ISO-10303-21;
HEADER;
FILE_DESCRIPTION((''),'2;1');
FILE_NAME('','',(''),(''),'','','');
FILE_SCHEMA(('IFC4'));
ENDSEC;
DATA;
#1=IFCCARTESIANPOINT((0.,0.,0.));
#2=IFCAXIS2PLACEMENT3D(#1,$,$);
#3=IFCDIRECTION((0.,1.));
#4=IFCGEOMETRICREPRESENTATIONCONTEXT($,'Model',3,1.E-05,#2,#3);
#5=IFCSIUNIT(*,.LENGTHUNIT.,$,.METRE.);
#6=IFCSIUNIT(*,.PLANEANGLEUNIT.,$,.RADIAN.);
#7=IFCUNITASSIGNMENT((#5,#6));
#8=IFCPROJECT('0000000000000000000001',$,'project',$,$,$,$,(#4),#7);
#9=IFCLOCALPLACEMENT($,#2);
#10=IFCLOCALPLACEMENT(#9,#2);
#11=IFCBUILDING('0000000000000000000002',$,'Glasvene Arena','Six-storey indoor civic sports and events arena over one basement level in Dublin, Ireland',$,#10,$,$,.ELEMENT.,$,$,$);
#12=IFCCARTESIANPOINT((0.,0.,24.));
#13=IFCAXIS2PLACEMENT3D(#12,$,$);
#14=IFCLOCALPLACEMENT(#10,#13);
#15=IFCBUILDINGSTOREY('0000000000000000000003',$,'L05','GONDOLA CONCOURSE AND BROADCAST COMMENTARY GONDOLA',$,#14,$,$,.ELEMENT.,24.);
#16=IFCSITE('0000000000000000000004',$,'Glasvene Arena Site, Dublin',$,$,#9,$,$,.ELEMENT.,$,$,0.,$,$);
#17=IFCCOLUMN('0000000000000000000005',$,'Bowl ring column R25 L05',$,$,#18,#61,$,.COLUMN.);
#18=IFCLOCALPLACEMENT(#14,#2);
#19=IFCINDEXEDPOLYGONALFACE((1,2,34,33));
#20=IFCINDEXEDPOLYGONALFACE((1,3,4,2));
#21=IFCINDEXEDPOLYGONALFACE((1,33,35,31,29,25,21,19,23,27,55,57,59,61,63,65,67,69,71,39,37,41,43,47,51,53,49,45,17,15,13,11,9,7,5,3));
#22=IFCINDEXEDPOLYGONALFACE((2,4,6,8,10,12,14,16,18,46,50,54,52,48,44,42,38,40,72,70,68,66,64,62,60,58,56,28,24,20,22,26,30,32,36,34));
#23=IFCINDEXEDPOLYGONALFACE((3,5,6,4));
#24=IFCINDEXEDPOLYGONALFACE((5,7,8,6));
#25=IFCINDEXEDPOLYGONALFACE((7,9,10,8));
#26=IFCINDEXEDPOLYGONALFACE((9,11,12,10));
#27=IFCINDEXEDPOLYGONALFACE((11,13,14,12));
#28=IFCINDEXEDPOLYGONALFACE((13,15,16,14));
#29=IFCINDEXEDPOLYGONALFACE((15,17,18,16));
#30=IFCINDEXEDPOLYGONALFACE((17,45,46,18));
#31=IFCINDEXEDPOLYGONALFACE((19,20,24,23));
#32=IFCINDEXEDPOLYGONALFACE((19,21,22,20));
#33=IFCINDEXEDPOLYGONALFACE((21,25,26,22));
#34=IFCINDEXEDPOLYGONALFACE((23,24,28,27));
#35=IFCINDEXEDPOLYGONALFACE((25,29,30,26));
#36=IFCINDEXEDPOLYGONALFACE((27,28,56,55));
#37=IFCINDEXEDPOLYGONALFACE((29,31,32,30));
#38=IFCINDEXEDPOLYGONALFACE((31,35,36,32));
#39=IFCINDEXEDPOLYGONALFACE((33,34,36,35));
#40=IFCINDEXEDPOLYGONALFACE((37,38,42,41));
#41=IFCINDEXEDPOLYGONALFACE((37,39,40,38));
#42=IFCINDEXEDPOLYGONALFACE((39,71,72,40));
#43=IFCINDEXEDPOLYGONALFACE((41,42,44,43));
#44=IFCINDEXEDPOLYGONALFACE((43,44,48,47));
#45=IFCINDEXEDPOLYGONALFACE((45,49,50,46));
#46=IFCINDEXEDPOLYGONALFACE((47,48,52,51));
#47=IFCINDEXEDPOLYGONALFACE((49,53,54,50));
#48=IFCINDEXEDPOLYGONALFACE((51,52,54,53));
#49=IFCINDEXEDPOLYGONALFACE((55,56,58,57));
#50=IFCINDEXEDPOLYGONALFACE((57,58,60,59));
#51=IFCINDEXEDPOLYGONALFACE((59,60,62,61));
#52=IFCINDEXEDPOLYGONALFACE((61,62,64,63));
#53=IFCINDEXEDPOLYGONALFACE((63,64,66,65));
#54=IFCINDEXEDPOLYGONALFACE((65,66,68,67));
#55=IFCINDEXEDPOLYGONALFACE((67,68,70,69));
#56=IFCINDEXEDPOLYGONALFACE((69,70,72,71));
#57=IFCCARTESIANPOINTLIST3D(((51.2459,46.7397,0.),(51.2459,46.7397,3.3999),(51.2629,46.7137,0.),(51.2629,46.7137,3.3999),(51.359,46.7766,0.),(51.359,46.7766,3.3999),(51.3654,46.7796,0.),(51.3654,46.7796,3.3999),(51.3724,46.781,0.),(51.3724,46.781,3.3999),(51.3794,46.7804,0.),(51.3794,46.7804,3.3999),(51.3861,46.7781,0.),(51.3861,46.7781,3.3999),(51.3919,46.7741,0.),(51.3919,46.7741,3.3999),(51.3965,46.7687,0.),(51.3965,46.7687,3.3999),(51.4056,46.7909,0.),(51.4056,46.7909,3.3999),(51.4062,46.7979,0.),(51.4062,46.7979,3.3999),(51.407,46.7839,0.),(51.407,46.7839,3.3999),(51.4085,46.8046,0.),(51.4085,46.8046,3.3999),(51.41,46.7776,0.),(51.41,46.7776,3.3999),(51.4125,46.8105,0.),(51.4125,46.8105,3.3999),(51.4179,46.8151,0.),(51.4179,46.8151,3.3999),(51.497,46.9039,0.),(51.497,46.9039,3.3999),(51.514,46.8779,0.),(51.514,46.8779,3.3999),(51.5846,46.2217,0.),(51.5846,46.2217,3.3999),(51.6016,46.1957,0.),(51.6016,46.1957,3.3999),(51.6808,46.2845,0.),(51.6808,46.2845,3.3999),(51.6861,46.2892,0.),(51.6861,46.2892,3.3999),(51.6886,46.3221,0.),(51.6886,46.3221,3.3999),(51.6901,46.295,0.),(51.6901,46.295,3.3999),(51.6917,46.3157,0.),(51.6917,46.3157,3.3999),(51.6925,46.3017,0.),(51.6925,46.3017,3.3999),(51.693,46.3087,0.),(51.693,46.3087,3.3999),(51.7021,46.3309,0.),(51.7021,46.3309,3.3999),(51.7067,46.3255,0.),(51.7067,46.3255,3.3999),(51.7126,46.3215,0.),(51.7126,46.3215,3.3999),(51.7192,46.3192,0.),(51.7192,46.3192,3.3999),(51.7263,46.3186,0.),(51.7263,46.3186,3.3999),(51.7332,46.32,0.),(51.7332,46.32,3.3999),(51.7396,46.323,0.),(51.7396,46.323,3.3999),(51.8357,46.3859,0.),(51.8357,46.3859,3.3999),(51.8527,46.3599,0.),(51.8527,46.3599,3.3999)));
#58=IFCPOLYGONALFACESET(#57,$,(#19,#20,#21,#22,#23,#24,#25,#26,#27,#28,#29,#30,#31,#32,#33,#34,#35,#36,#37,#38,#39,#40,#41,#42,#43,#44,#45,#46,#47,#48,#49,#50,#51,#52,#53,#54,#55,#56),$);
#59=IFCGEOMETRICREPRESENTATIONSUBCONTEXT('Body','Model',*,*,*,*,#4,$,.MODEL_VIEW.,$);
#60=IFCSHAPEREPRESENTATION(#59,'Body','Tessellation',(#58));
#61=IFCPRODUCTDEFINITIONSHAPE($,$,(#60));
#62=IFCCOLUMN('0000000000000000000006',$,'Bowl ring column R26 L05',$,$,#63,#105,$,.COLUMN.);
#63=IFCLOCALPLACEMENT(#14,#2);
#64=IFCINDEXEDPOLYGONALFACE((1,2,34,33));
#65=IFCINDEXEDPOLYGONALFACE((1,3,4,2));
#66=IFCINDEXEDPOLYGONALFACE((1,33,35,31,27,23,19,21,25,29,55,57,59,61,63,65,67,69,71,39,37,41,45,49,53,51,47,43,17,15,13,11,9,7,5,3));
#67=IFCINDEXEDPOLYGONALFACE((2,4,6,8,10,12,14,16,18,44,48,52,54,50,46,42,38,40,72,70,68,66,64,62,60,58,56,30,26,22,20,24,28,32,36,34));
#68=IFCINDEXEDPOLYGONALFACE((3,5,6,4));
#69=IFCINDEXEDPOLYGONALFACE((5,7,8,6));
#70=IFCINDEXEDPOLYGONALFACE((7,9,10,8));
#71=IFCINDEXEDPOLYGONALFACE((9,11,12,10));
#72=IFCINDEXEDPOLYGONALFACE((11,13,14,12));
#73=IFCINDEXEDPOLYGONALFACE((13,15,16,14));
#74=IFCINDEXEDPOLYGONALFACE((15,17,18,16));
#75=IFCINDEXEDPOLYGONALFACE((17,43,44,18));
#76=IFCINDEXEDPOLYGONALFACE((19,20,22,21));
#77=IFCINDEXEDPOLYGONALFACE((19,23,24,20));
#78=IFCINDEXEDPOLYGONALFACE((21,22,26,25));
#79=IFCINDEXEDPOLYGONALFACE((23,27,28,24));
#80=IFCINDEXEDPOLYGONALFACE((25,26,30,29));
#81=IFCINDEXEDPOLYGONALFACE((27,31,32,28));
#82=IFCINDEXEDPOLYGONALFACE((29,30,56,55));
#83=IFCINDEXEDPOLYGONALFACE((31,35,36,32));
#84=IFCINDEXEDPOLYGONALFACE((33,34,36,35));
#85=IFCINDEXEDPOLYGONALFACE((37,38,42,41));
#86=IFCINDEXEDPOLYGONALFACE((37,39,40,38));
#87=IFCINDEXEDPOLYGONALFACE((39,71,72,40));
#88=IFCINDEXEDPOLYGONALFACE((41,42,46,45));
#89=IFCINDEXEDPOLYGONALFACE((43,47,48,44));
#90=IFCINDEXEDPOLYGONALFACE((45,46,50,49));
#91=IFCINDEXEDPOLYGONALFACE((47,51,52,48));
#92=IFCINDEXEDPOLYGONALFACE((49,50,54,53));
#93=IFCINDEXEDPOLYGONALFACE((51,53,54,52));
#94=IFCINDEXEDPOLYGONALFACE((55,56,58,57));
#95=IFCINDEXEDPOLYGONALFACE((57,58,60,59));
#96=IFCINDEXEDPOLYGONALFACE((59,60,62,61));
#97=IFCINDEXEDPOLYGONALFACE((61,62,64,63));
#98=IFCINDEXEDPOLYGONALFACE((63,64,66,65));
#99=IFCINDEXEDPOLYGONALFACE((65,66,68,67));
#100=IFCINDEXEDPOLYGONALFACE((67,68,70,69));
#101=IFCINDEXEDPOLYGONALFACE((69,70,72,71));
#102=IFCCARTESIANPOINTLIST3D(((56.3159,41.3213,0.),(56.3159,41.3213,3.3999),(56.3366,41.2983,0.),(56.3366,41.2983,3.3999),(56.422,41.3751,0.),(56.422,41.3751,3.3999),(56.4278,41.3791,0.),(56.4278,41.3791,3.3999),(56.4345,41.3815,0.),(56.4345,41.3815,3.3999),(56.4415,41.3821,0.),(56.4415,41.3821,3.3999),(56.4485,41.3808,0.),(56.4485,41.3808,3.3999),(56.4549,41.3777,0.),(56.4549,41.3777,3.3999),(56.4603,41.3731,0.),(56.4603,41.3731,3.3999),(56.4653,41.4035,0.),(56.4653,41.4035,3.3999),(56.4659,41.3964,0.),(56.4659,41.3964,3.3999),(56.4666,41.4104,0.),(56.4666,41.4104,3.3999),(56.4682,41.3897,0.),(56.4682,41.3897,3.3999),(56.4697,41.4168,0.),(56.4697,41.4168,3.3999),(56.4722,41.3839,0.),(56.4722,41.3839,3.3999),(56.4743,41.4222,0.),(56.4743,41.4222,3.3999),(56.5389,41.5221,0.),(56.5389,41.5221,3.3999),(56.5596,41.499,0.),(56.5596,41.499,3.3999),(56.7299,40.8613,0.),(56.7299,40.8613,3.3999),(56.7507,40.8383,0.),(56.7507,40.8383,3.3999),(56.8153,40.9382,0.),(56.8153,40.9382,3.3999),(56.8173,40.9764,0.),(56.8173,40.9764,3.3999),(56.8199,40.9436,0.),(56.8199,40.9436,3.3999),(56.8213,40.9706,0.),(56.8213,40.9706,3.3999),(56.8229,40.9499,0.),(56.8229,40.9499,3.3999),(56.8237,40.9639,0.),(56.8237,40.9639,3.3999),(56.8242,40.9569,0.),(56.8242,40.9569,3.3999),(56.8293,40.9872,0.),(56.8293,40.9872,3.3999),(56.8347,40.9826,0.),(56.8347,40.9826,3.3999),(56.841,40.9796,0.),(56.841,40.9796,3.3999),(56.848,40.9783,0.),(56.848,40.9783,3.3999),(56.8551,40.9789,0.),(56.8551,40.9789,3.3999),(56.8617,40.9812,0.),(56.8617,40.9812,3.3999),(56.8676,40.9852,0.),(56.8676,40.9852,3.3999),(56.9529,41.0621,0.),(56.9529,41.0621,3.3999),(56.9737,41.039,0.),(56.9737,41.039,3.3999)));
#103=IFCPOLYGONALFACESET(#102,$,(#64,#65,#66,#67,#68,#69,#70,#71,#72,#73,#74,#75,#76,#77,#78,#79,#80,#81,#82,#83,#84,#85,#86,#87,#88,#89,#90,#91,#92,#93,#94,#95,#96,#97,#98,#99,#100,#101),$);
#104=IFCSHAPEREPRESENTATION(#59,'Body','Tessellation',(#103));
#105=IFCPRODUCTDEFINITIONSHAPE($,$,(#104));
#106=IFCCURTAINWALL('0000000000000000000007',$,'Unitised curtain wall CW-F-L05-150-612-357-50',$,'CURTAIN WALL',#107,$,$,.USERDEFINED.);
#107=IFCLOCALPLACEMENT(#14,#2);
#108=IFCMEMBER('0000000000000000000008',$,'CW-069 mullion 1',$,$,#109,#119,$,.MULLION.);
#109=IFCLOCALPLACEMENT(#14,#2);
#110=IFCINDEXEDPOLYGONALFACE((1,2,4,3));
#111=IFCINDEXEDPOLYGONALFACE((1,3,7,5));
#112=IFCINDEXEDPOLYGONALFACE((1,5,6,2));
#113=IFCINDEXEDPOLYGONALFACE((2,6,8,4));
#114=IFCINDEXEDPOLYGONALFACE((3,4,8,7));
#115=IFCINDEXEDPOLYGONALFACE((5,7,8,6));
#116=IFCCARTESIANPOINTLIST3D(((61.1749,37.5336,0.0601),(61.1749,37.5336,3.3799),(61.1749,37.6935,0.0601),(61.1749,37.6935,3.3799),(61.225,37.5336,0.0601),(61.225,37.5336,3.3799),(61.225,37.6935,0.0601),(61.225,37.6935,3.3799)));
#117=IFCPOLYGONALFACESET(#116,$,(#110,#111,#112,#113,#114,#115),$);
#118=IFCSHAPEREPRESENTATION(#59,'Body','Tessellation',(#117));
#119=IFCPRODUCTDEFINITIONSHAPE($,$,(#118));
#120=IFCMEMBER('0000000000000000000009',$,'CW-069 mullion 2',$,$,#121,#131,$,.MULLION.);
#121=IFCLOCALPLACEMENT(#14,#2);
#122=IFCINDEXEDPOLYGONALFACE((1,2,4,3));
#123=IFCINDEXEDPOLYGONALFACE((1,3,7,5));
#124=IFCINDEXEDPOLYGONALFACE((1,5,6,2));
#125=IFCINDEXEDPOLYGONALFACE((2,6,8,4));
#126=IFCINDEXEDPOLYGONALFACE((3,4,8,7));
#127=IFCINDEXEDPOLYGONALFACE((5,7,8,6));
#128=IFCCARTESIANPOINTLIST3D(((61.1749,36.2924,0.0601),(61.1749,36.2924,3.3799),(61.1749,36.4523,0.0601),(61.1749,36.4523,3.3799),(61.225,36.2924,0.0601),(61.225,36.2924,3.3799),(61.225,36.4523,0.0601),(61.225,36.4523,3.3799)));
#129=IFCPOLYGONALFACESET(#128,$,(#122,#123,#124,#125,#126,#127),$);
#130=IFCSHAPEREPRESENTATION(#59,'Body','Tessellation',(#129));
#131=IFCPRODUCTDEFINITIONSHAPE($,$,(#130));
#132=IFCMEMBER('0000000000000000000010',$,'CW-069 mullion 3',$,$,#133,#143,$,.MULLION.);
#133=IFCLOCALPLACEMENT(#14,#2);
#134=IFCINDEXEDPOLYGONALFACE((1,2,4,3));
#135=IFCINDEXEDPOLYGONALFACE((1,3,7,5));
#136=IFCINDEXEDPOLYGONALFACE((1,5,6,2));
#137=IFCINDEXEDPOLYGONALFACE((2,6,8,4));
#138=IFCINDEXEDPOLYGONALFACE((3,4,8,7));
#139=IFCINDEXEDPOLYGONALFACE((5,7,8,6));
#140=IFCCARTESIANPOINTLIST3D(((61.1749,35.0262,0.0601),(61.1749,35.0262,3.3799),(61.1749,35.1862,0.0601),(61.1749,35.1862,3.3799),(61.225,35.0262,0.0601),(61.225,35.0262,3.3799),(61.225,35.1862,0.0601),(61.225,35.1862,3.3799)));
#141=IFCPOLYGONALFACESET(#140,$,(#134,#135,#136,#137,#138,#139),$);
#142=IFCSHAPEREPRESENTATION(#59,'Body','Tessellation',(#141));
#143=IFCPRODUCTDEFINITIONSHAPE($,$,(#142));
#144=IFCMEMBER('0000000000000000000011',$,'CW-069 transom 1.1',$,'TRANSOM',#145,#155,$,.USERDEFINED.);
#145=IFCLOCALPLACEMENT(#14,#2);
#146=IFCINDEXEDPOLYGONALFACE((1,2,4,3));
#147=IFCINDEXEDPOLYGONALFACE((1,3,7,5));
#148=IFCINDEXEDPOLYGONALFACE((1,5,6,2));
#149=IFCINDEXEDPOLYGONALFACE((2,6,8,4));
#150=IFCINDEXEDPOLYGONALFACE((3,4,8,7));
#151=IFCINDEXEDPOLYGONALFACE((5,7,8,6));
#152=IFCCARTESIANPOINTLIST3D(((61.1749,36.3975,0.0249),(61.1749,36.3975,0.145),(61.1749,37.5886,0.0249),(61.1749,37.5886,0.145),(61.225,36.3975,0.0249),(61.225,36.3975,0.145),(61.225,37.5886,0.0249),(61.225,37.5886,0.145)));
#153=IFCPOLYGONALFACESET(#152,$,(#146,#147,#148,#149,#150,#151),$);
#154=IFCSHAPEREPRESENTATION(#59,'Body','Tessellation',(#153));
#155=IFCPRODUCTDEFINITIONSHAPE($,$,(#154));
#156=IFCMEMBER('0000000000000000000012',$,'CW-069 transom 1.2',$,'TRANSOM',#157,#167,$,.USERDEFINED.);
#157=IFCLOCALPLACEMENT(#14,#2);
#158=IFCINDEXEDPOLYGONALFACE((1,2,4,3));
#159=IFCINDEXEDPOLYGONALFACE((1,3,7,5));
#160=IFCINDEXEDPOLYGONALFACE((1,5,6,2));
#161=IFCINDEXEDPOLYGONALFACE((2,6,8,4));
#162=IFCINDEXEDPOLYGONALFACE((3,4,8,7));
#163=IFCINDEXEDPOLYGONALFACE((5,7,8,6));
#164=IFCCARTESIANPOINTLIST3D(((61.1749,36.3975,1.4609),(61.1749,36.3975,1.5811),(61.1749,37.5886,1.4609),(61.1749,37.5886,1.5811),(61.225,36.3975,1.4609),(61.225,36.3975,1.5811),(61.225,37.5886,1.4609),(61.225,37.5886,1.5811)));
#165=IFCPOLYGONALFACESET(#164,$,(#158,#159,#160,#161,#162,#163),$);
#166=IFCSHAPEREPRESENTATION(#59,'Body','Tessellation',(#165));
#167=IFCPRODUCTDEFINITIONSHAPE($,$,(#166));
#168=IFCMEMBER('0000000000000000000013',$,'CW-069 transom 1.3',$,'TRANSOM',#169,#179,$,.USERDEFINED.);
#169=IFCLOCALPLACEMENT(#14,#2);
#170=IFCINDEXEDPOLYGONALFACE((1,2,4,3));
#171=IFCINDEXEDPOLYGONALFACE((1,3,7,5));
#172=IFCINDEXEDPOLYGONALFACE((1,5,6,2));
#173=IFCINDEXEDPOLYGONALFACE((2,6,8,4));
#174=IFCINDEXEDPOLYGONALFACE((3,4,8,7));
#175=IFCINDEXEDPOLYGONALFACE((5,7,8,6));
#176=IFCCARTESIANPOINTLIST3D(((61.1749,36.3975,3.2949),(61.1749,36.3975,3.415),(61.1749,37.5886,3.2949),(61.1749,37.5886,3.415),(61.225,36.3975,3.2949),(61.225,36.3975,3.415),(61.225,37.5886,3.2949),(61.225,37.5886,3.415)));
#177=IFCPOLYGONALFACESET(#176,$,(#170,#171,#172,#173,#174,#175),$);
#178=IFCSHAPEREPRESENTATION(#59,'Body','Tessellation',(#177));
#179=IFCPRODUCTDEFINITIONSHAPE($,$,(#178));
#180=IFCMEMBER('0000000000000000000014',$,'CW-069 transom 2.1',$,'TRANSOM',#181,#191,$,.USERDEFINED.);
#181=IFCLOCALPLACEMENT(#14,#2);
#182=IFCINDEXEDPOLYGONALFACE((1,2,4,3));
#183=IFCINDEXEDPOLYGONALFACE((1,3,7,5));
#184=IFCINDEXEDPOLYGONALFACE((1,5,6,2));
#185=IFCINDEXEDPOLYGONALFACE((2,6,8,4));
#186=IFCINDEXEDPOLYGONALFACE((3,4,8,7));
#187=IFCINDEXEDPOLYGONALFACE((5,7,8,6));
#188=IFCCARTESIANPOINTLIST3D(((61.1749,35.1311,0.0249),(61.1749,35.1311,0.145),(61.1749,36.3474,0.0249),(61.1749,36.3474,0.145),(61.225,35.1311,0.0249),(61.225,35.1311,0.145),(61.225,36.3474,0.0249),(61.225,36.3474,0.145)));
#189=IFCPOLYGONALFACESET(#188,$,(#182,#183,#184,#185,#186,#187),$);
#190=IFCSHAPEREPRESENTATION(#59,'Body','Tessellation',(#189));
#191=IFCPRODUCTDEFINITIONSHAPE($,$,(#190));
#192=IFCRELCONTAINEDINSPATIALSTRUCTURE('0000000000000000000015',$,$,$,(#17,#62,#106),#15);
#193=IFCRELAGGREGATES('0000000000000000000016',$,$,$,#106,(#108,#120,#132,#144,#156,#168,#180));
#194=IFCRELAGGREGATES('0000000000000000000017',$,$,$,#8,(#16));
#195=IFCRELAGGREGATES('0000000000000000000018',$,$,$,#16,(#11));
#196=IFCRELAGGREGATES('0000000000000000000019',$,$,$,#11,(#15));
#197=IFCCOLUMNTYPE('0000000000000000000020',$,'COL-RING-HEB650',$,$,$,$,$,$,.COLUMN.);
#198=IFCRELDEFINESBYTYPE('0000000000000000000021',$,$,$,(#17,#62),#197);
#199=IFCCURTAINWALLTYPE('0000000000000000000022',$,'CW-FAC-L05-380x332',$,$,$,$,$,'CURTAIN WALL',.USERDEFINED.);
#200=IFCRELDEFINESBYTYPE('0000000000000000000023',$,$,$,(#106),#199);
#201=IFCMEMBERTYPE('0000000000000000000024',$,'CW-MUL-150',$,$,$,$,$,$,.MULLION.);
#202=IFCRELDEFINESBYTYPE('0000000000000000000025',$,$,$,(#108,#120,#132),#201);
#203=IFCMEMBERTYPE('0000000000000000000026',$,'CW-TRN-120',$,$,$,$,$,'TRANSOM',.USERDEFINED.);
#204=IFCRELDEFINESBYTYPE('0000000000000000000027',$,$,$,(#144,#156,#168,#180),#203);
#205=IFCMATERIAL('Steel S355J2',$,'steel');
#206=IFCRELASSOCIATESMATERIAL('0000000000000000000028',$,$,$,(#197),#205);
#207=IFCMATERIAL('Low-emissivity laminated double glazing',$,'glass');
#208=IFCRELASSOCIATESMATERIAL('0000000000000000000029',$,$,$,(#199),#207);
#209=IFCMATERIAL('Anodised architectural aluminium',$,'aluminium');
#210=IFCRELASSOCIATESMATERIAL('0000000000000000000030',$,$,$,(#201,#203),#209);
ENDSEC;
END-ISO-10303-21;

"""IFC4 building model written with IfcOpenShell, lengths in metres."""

from ifc_helpers import new_model, si_unit, direction, frame, origin, origin_2d, place, context, subcontext, project, spatial, rectangle, i_section, extrude, material, material_profile, profile_set, type_object, element, aggregate, save


model = new_model("IFC4")

# Units and contexts
model_context = context("Model", 3, precision=1e-05, world=origin(), true_north=direction((0.0, 1.0)))
body_context = subcontext(model_context, "Body", "Model", "MODEL_VIEW")
ifc_project = project(units=[si_unit("LENGTHUNIT", "METRE"), si_unit("PLANEANGLEUNIT", "RADIAN")], contexts=[model_context])

# Site, building, storey
site_placement = place(None, origin())
site = spatial("IfcSite", under=ifc_project, at=site_placement, Name="Glasvene Arena Site, Dublin", CompositionType="ELEMENT", RefElevation=0.0)
building_placement = place(site_placement, origin())
building = spatial("IfcBuilding", under=site, at=building_placement, Name="Glasvene Arena", Description="Six-storey indoor civic sports and events arena over one basement level in Dublin, Ireland", CompositionType="ELEMENT")
storey_placement = place(building_placement, frame((0.0, 0.0, 24.0)))
storey = spatial("IfcBuildingStorey", under=building, at=storey_placement, Name="L05", Description="GONDOLA CONCOURSE AND BROADCAST COMMENTARY GONDOLA", CompositionType="ELEMENT", Elevation=24.0)

# Columns
ifc_material_1 = material(Name="Steel S355J2", Category="steel")
ifc_material_profile_1 = material_profile(ifc_material_1, i_section(OverallWidth=0.3, OverallDepth=0.6499, WebThickness=0.0161, FlangeThickness=0.031, FilletRadius=0.0271, at=origin_2d()), Name="HEB 650")
ifc_profile_set_1 = profile_set([ifc_material_profile_1], Name="Steel S355J2")
column_type = type_object("IfcColumnType", Name="COL-RING-HEB650", PredefinedType="COLUMN", material=ifc_profile_set_1)
for number, where, z_axis, x_axis, name in (
    (1, (51.5493, 46.5498, 0.0), (0.0, 0.0, 1.0), (-0.836955, -0.547271, 0.0), "Bowl ring column R25 L05"),
    (2, (56.6448, 41.1802, 0.0), (0.0, 0.0, 1.0), (-0.743262, -0.669001, 0.0), "Bowl ring column R26 L05"),
):
    element("IfcColumn", number, at=place(storey_placement, frame(where, z_axis=z_axis, x_axis=x_axis)), inside=storey, type_object=column_type, Name=name, PredefinedType="COLUMN", context=body_context, shape_type="SweptSolid", body=[
        extrude(i_section(OverallWidth=0.3, OverallDepth=0.6499, WebThickness=0.0161, FlangeThickness=0.031, FilletRadius=0.0271, at=origin_2d()), origin(), (0.0, 0.0, 1.0), 3.3999),
    ])

# Curtain wall, members
ifc_material_2 = material(Name="Low-emissivity laminated double glazing", Category="glass")
curtain_wall_type = type_object("IfcCurtainWallType", Name="CW-FAC-L05-380x332", ElementType="CURTAIN WALL", PredefinedType="USERDEFINED", material=ifc_material_2)
curtain_wall_placement = place(storey_placement, frame((61.2, 37.6387, 0.0)))
curtain_wall = element("IfcCurtainWall", 3, at=curtain_wall_placement, inside=storey, type_object=curtain_wall_type, Name="Unitised curtain wall CW-F-L05-150-612-357-50", ObjectType="CURTAIN WALL", PredefinedType="USERDEFINED")
ifc_material_3 = material(Name="Anodised architectural aluminium", Category="aluminium")
ifc_material_profile_2 = material_profile(ifc_material_3, rectangle(XDim=0.05, YDim=0.1599, at=origin_2d()), Name="ALU MULLION 50x160")
ifc_profile_set_2 = profile_set([ifc_material_profile_2], Name="Anodised architectural aluminium")
member_type_1 = type_object("IfcMemberType", Name="CW-MUL-150", PredefinedType="MULLION", material=ifc_profile_set_2)
member_1_placement = place(storey_placement, frame((61.2, 37.6135, 0.0601), z_axis=(0.0, 0.0, 1.0), x_axis=(1.0, 0.0, 0.0)))
member_1 = element("IfcMember", 4, at=member_1_placement, type_object=member_type_1, Name="CW-069 mullion 1", PredefinedType="MULLION", context=body_context, shape_type="SweptSolid", body=[
    extrude(rectangle(XDim=0.05, YDim=0.1599, at=origin_2d()), origin(), (0.0, 0.0, 1.0), 3.3198),
])
member_2_placement = place(storey_placement, frame((61.2, 36.3723, 0.0601), z_axis=(0.0, 0.0, 1.0), x_axis=(1.0, 0.0, 0.0)))
member_2 = element("IfcMember", 5, at=member_2_placement, type_object=member_type_1, Name="CW-069 mullion 2", PredefinedType="MULLION", context=body_context, shape_type="SweptSolid", body=[
    extrude(rectangle(XDim=0.05, YDim=0.1599, at=origin_2d()), origin(), (0.0, 0.0, 1.0), 3.3198),
])
member_3_placement = place(storey_placement, frame((61.2, 35.1062, 0.0601), z_axis=(0.0, 0.0, 1.0), x_axis=(1.0, 0.0, 0.0)))
member_3 = element("IfcMember", 6, at=member_3_placement, type_object=member_type_1, Name="CW-069 mullion 3", PredefinedType="MULLION", context=body_context, shape_type="SweptSolid", body=[
    extrude(rectangle(XDim=0.05, YDim=0.1599, at=origin_2d()), origin(), (0.0, 0.0, 1.0), 3.3198),
])
ifc_material_profile_3 = material_profile(ifc_material_3, rectangle(XDim=0.05, YDim=0.1201, at=origin_2d()), Name="ALU TRANSOM 50x120")
ifc_profile_set_3 = profile_set([ifc_material_profile_3], Name="Anodised architectural aluminium")
member_type_2 = type_object("IfcMemberType", Name="CW-TRN-120", ElementType="TRANSOM", PredefinedType="USERDEFINED", material=ifc_profile_set_3)
member_4_placement = place(storey_placement, frame((61.2, 37.5886, 0.085), z_axis=(0.0, -1.0, 0.0), x_axis=(1.0, 0.0, 0.0)))
member_4 = element("IfcMember", 7, at=member_4_placement, type_object=member_type_2, Name="CW-069 transom 1.1", ObjectType="TRANSOM", PredefinedType="USERDEFINED", context=body_context, shape_type="SweptSolid", body=[
    extrude(rectangle(XDim=0.05, YDim=0.1201, at=origin_2d()), origin(), (0.0, 0.0, 1.0), 1.1912),
])
member_5_placement = place(storey_placement, frame((61.2, 37.5886, 1.521), z_axis=(0.0, -1.0, 0.0), x_axis=(1.0, 0.0, 0.0)))
member_5 = element("IfcMember", 8, at=member_5_placement, type_object=member_type_2, Name="CW-069 transom 1.2", ObjectType="TRANSOM", PredefinedType="USERDEFINED", context=body_context, shape_type="SweptSolid", body=[
    extrude(rectangle(XDim=0.05, YDim=0.1201, at=origin_2d()), origin(), (0.0, 0.0, 1.0), 1.1912),
])
member_6_placement = place(storey_placement, frame((61.2, 37.5886, 3.355), z_axis=(0.0, -1.0, 0.0), x_axis=(1.0, 0.0, 0.0)))
member_6 = element("IfcMember", 9, at=member_6_placement, type_object=member_type_2, Name="CW-069 transom 1.3", ObjectType="TRANSOM", PredefinedType="USERDEFINED", context=body_context, shape_type="SweptSolid", body=[
    extrude(rectangle(XDim=0.05, YDim=0.1201, at=origin_2d()), origin(), (0.0, 0.0, 1.0), 1.1912),
])
member_7_placement = place(storey_placement, frame((61.2, 36.3474, 0.085), z_axis=(0.0, -1.0, 0.0), x_axis=(1.0, 0.0, 0.0)))
member_7 = element("IfcMember", 10, at=member_7_placement, type_object=member_type_2, Name="CW-069 transom 2.1", ObjectType="TRANSOM", PredefinedType="USERDEFINED", context=body_context, shape_type="SweptSolid", body=[
    extrude(rectangle(XDim=0.05, YDim=0.1201, at=origin_2d()), origin(), (0.0, 0.0, 1.0), 1.2163),
])
aggregate(curtain_wall, [member_1, member_2, member_3, member_4, member_5, member_6, member_7])

save(model, "model.ifc")
